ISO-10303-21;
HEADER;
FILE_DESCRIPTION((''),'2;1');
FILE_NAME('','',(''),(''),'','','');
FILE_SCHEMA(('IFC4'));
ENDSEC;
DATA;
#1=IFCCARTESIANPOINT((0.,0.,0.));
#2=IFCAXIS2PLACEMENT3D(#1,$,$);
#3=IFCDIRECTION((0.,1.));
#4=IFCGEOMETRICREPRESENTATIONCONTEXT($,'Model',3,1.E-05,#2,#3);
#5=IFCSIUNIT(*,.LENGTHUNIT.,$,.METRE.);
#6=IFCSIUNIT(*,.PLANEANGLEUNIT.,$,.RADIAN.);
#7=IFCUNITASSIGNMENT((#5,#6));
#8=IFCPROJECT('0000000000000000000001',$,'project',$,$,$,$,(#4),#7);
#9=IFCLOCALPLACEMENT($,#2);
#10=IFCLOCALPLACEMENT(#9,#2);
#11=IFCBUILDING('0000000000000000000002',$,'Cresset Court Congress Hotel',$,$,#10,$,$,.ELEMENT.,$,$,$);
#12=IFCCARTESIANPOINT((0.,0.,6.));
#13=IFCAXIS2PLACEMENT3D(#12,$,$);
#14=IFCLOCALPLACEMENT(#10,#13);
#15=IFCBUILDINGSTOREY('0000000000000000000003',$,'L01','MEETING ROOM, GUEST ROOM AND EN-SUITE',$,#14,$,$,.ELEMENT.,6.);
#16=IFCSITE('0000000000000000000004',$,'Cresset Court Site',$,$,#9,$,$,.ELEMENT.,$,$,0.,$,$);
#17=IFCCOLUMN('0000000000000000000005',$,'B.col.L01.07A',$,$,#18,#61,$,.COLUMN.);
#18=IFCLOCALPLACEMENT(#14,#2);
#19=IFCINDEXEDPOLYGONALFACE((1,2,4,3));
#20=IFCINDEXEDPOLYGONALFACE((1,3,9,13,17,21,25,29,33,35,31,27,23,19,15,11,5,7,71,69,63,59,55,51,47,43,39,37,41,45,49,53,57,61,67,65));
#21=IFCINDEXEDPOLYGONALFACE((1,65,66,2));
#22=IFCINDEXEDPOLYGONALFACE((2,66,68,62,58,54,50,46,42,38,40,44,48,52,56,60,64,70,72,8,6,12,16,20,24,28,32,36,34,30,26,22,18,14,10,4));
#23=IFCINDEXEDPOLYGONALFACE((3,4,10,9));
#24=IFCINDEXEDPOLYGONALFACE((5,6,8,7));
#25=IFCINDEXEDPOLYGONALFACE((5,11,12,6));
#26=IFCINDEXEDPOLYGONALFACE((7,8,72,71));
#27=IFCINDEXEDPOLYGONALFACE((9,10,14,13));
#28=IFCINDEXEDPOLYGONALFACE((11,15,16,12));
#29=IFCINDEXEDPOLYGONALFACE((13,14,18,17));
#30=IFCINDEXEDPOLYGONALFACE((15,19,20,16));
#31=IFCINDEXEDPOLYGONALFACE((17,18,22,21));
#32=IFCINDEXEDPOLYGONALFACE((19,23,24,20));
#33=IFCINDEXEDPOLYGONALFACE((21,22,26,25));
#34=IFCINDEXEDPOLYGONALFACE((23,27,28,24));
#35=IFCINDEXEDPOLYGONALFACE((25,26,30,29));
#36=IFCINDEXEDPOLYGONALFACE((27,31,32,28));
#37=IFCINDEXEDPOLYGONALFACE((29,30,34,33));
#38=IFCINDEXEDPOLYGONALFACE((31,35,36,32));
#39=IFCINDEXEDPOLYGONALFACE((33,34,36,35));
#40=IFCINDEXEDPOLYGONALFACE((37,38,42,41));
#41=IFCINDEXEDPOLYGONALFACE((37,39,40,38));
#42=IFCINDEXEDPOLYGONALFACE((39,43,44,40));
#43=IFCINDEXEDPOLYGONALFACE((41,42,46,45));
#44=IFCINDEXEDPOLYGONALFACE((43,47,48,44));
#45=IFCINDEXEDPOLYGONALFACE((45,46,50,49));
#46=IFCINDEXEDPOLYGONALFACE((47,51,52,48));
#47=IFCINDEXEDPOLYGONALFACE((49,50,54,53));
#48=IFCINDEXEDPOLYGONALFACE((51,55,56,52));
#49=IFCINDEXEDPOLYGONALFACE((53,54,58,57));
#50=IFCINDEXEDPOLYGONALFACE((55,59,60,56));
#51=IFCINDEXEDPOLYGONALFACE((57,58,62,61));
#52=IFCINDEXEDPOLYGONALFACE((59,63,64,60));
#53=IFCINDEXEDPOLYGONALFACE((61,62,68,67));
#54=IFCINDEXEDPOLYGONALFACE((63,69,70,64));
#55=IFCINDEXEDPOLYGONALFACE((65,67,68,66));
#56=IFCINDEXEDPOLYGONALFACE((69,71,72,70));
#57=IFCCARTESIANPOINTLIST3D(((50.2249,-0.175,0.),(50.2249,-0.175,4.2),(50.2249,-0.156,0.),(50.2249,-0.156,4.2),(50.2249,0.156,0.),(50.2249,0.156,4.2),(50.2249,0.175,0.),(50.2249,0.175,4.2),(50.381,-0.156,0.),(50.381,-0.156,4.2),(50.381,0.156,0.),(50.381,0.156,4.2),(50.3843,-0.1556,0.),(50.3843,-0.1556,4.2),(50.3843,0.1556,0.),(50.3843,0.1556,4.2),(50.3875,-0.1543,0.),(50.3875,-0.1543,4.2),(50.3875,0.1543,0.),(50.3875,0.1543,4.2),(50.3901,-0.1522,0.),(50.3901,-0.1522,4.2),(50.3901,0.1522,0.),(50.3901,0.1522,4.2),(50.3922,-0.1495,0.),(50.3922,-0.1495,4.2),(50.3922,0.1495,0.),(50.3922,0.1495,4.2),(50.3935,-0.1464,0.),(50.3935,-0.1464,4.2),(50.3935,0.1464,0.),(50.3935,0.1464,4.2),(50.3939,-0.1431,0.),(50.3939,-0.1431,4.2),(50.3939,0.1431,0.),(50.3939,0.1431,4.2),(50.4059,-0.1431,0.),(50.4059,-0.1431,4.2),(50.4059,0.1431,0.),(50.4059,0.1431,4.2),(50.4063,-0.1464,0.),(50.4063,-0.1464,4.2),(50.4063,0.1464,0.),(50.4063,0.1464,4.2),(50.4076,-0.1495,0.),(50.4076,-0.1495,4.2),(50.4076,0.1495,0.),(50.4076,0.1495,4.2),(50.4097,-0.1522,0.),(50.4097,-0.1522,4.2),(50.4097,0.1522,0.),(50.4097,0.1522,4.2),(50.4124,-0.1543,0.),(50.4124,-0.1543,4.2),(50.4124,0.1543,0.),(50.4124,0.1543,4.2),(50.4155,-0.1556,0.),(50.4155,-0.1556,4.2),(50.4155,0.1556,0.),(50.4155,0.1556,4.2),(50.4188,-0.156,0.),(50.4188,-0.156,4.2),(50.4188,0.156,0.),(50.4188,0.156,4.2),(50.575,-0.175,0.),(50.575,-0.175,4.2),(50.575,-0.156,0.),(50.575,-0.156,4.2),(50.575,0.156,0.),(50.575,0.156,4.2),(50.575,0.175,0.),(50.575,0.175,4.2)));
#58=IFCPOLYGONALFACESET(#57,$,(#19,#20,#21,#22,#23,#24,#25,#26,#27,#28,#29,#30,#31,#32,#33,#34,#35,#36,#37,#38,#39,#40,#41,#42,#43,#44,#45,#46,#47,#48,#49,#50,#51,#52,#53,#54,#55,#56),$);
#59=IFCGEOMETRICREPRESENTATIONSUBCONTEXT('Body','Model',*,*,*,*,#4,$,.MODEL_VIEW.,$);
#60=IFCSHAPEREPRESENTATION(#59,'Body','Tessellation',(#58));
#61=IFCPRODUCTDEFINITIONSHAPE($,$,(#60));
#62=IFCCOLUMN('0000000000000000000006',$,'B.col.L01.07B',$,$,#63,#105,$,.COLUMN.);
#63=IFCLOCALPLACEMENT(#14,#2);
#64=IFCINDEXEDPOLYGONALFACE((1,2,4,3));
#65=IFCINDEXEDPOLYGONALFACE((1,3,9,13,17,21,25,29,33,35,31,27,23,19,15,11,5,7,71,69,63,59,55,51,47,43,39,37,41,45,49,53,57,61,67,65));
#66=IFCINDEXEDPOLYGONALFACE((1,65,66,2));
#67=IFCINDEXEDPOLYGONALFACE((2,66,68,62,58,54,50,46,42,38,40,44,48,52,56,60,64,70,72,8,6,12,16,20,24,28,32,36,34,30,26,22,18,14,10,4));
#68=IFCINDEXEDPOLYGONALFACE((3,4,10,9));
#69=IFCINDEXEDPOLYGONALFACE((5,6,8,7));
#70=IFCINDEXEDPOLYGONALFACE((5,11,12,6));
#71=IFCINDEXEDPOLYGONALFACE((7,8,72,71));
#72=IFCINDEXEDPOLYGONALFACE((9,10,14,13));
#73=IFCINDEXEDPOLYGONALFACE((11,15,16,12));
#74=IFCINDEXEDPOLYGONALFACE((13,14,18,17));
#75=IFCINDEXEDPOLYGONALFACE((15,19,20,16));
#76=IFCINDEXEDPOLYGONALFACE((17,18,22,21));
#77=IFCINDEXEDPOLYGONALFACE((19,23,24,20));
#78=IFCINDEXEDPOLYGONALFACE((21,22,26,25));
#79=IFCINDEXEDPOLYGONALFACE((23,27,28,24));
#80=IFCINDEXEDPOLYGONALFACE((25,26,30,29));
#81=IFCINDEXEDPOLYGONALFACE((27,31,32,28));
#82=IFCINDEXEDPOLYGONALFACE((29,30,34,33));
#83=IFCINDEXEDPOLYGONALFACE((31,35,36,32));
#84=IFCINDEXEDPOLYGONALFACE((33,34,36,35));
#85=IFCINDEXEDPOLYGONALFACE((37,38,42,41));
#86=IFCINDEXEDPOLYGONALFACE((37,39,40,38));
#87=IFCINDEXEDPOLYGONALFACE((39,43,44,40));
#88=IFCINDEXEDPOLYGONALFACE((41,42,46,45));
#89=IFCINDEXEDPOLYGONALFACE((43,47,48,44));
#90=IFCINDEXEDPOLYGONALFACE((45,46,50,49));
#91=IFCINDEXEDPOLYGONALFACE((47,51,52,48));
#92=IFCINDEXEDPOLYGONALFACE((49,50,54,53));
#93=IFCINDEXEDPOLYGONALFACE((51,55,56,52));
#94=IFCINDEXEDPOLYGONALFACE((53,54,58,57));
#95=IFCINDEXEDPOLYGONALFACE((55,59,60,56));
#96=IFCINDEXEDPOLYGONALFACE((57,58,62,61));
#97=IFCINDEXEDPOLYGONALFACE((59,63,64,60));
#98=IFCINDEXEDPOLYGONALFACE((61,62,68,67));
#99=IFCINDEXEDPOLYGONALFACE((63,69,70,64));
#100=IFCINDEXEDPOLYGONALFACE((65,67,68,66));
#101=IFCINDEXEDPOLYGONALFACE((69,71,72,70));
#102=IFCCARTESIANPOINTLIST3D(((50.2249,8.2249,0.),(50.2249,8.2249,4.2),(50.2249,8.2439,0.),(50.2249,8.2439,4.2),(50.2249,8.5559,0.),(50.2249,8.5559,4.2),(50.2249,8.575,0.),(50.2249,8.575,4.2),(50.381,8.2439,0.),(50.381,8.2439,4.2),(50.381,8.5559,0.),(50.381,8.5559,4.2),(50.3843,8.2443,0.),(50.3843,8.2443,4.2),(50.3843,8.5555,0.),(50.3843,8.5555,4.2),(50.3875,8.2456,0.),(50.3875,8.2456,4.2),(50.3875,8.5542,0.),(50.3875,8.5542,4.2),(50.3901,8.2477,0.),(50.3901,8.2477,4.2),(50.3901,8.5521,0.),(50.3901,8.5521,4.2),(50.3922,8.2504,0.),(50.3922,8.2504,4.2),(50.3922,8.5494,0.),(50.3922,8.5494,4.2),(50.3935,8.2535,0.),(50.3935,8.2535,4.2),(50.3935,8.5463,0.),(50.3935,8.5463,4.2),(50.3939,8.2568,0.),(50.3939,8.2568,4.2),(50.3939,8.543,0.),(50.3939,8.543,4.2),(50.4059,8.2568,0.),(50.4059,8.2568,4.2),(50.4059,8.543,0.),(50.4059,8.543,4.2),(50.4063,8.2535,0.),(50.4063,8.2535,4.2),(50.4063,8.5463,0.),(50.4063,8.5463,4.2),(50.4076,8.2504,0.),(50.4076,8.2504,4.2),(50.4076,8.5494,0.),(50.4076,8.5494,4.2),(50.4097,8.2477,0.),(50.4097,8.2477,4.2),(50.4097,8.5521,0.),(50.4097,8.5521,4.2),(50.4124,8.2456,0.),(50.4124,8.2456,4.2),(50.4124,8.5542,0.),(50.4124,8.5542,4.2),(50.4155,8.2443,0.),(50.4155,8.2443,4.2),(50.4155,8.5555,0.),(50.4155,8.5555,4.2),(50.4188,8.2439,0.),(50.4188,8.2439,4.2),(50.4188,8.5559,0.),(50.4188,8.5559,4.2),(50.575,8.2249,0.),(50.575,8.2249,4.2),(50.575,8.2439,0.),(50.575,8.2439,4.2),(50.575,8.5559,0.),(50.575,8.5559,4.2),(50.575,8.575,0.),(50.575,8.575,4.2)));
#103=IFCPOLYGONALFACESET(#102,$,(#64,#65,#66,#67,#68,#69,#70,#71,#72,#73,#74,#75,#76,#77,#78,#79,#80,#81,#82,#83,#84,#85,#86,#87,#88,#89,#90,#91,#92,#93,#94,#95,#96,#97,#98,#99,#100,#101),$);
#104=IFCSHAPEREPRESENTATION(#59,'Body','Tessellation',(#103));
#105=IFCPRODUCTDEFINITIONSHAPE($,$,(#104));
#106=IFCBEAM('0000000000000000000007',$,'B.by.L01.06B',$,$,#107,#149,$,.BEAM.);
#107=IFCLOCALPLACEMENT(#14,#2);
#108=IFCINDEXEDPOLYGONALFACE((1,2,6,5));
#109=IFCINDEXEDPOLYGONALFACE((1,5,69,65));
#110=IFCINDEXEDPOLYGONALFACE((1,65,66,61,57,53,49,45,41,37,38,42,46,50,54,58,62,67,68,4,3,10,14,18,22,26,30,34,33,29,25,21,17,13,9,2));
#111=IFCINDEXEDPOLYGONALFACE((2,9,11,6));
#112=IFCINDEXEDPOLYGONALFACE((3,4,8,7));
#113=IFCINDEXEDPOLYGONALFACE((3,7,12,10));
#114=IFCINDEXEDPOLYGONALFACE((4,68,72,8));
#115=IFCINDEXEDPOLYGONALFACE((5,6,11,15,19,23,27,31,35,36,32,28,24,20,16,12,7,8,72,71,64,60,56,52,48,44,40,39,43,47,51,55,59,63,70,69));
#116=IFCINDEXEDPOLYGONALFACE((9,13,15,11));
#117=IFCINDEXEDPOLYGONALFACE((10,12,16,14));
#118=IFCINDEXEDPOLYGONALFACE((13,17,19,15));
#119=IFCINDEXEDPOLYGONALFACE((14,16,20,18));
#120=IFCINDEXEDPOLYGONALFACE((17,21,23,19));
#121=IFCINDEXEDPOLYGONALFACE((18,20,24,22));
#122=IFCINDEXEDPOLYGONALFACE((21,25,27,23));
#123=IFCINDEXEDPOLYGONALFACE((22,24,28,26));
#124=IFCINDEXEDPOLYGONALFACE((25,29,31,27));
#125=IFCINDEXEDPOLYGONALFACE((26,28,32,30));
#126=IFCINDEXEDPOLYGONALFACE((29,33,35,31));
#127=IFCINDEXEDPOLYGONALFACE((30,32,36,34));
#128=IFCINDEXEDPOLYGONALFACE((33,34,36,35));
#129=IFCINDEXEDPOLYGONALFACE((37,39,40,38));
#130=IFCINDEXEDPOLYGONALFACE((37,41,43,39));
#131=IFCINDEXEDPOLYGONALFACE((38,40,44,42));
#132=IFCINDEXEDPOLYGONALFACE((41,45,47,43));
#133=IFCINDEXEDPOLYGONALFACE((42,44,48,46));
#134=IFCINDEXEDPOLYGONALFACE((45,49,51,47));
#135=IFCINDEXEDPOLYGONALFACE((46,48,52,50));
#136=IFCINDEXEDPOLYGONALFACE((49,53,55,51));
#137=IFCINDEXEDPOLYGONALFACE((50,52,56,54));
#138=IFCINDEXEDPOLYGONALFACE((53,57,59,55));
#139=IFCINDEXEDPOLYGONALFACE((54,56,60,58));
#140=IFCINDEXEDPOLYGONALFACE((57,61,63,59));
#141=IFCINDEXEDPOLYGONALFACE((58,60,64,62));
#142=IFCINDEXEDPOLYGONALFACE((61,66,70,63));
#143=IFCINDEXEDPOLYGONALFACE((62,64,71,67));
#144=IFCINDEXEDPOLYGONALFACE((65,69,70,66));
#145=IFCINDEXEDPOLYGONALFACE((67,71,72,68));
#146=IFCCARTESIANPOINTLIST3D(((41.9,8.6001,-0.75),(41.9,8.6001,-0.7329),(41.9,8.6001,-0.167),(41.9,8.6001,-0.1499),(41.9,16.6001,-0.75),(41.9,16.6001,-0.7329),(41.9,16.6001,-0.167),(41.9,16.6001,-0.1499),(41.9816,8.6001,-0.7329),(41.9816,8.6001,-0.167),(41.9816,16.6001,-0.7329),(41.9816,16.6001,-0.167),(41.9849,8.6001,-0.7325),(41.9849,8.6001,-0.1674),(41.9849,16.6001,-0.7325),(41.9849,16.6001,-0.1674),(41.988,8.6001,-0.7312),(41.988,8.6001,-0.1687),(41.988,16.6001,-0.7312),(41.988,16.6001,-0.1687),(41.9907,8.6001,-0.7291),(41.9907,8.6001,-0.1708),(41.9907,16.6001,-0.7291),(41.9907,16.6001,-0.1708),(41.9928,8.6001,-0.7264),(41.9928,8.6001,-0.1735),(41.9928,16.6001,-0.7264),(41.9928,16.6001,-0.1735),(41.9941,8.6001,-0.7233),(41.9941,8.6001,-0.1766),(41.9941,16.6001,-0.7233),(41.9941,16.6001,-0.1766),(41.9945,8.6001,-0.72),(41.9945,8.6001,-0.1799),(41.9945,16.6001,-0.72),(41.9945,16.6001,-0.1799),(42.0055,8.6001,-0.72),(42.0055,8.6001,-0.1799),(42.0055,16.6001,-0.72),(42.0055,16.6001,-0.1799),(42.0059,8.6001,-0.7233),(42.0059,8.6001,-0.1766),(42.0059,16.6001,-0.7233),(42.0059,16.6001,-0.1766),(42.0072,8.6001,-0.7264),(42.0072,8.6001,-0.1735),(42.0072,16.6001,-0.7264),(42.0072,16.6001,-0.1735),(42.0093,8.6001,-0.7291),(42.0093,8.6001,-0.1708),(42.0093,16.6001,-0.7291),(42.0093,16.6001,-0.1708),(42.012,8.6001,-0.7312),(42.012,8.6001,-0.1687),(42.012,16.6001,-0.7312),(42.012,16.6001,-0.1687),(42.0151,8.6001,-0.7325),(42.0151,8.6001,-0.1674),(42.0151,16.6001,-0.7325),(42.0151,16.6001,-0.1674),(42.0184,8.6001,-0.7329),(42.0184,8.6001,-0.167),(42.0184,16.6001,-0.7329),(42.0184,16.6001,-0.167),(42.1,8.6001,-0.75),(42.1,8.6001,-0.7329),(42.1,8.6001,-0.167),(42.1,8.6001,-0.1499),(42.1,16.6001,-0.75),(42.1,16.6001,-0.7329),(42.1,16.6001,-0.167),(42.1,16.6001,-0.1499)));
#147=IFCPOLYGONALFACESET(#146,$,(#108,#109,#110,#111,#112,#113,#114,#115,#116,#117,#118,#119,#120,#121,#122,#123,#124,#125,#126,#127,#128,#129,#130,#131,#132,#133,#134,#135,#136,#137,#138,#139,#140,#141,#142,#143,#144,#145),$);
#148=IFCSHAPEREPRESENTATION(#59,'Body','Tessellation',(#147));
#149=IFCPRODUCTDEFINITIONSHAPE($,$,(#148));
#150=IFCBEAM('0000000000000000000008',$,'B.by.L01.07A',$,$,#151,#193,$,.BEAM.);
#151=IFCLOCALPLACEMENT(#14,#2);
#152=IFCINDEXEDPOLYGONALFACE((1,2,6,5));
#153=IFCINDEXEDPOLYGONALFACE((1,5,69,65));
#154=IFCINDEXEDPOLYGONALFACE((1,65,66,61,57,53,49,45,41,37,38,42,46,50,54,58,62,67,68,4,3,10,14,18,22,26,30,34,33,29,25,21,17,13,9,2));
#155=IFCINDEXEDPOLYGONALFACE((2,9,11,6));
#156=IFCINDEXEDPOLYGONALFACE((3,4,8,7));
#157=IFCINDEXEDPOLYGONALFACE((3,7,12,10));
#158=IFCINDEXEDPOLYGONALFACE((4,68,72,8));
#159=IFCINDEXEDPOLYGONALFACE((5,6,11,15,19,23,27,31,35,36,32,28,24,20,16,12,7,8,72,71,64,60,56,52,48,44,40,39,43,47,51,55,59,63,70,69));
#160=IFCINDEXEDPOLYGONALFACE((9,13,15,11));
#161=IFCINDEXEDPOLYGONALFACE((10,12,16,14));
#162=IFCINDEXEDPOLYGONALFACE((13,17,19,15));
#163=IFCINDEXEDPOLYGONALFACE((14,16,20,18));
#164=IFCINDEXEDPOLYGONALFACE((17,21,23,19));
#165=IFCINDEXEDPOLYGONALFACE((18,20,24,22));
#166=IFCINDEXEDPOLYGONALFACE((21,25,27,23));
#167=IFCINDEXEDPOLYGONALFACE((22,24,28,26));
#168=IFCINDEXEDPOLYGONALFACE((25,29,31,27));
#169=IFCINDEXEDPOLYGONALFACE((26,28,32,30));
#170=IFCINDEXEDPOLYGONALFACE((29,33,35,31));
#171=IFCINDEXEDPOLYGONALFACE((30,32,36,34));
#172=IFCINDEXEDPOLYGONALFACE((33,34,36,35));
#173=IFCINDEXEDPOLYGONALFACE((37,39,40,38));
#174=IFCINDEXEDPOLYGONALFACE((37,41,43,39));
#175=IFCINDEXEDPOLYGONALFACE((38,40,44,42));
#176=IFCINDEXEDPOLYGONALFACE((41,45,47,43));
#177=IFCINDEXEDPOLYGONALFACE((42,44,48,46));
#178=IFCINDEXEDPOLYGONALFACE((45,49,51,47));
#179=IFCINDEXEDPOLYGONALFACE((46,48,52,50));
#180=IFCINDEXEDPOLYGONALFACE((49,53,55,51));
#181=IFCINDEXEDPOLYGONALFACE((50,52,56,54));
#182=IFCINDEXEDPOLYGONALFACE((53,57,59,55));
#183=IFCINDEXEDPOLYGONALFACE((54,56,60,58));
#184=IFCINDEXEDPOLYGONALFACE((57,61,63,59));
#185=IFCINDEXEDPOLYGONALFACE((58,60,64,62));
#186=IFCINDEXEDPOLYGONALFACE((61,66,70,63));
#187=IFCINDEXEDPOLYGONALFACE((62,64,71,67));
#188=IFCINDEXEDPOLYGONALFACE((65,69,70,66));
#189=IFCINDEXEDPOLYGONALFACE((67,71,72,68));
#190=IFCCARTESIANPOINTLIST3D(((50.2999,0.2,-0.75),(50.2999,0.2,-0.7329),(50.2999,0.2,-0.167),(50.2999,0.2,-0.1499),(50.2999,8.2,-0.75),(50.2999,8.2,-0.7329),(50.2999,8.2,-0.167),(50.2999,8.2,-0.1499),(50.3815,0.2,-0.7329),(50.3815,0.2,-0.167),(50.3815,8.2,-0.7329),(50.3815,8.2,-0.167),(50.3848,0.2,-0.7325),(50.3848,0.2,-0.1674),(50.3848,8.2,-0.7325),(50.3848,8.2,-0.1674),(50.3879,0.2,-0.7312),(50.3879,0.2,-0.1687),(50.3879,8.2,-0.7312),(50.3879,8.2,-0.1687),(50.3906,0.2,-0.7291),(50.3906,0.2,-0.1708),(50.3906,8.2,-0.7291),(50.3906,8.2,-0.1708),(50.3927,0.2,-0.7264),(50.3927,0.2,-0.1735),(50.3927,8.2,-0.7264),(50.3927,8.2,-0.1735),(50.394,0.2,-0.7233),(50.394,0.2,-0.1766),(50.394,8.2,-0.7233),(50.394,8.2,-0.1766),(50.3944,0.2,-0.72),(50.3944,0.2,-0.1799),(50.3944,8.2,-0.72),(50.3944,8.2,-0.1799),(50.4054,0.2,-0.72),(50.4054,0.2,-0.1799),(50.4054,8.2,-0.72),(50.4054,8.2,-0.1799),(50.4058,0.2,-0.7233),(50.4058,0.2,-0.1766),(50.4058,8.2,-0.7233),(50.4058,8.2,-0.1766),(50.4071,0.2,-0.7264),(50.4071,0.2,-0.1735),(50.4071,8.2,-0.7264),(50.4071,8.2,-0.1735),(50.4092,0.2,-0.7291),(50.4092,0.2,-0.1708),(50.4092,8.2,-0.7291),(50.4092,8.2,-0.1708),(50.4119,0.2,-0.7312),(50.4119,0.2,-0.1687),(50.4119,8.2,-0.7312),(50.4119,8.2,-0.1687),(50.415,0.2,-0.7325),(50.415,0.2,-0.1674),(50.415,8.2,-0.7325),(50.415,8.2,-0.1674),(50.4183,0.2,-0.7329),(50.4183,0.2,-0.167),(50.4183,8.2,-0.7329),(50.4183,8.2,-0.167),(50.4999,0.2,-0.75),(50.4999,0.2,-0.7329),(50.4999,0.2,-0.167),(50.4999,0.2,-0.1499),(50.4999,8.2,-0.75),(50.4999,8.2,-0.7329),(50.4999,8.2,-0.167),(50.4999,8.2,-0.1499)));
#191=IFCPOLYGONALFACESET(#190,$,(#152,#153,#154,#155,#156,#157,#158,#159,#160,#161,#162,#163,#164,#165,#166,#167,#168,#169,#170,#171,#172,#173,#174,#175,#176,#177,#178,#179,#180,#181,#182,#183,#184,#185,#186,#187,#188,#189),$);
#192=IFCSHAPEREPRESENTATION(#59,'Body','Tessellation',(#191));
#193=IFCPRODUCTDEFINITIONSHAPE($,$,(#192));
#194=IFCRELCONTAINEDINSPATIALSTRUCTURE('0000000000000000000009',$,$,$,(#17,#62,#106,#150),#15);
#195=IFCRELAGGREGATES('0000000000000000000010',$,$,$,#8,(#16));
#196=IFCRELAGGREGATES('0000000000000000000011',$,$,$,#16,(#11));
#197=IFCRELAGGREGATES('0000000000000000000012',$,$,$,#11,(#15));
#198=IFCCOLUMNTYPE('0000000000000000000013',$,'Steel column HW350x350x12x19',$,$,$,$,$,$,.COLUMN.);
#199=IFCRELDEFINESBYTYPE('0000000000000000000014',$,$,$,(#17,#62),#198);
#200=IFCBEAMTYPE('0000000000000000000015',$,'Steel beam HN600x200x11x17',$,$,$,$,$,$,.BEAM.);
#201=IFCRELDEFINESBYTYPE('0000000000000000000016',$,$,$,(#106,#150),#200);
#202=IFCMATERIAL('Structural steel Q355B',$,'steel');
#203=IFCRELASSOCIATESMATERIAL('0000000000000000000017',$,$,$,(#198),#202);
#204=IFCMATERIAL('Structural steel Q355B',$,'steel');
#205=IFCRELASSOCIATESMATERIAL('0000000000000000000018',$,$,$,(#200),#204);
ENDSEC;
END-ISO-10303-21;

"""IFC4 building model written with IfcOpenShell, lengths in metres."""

from ifc_helpers import new_model, si_unit, direction, frame, origin, origin_2d, place, context, subcontext, project, spatial, i_section, extrude, material, material_profile, profile_set, type_object, element, save


model = new_model("IFC4")

# Units and contexts
model_context = context("Model", 3, precision=1e-05, world=origin(), true_north=direction((0.0, 1.0)))
body_context = subcontext(model_context, "Body", "Model", "MODEL_VIEW")
ifc_project = project(units=[si_unit("LENGTHUNIT", "METRE"), si_unit("PLANEANGLEUNIT", "RADIAN")], contexts=[model_context])

# Site, building, storey
site_placement = place(None, origin())
site = spatial("IfcSite", under=ifc_project, at=site_placement, Name="Cresset Court Site", CompositionType="ELEMENT", RefElevation=0.0)
building_placement = place(site_placement, origin())
building = spatial("IfcBuilding", under=site, at=building_placement, Name="Cresset Court Congress Hotel", CompositionType="ELEMENT")
storey_placement = place(building_placement, frame((0.0, 0.0, 6.0)))
storey = spatial("IfcBuildingStorey", under=building, at=storey_placement, Name="L01", Description="MEETING ROOM, GUEST ROOM AND EN-SUITE", CompositionType="ELEMENT", Elevation=6.0)

# Columns
ifc_material_1 = material(Name="Structural steel Q355B", Category="steel")
ifc_material_profile_1 = material_profile(ifc_material_1, i_section(OverallWidth=0.3501, OverallDepth=0.3501, WebThickness=0.012, FlangeThickness=0.019, FilletRadius=0.0129, at=origin_2d()), Name="HW350x350x12x19")
ifc_profile_set_1 = profile_set([ifc_material_profile_1], Name="Structural steel Q355B")
column_type = type_object("IfcColumnType", Name="Steel column HW350x350x12x19", PredefinedType="COLUMN", material=ifc_profile_set_1)
for number, where, z_axis, x_axis, name in (
    (1, (50.3999, 0.0, 0.0), (0.0, 0.0, 1.0), (1.0, 0.0, 0.0), "B.col.L01.07A"),
    (2, (50.3999, 8.3999, 0.0), (0.0, 0.0, 1.0), (1.0, 0.0, 0.0), "B.col.L01.07B"),
):
    element("IfcColumn", number, at=place(storey_placement, frame(where, z_axis=z_axis, x_axis=x_axis)), inside=storey, type_object=column_type, Name=name, PredefinedType="COLUMN", context=body_context, shape_type="SweptSolid", body=[
        extrude(i_section(OverallWidth=0.3501, OverallDepth=0.3501, WebThickness=0.012, FlangeThickness=0.019, FilletRadius=0.0129, at=origin_2d()), origin(), (0.0, 0.0, 1.0), 4.2),
    ])

# Beams
ifc_material_2 = material(Name="Structural steel Q355B", Category="steel")
ifc_material_profile_2 = material_profile(ifc_material_2, i_section(OverallWidth=0.2, OverallDepth=0.6001, WebThickness=0.011, FlangeThickness=0.0171, FilletRadius=0.0129, at=origin_2d()), Name="HN600x200x11x17")
ifc_profile_set_2 = profile_set([ifc_material_profile_2], Name="Structural steel Q355B")
beam_type_1 = type_object("IfcBeamType", Name="Steel beam HN600x200x11x17", PredefinedType="BEAM", material=ifc_profile_set_2)
for number, where, z_axis, x_axis, name in (
    (3, (42.0, 8.6001, -0.45), (0.0, 1.0, 0.0), (-1.0, 0.0, 0.0), "B.by.L01.06B"),
    (4, (50.3999, 0.2, -0.45), (0.0, 1.0, 0.0), (-1.0, 0.0, 0.0), "B.by.L01.07A"),
):
    element("IfcBeam", number, at=place(storey_placement, frame(where, z_axis=z_axis, x_axis=x_axis)), inside=storey, type_object=beam_type_1, Name=name, PredefinedType="BEAM", context=body_context, shape_type="SweptSolid", body=[
        extrude(i_section(OverallWidth=0.2, OverallDepth=0.6001, WebThickness=0.011, FlangeThickness=0.0171, FilletRadius=0.0129, at=origin_2d()), origin(), (0.0, 0.0, 1.0), 8.0),
    ])

save(model, "model.ifc")
